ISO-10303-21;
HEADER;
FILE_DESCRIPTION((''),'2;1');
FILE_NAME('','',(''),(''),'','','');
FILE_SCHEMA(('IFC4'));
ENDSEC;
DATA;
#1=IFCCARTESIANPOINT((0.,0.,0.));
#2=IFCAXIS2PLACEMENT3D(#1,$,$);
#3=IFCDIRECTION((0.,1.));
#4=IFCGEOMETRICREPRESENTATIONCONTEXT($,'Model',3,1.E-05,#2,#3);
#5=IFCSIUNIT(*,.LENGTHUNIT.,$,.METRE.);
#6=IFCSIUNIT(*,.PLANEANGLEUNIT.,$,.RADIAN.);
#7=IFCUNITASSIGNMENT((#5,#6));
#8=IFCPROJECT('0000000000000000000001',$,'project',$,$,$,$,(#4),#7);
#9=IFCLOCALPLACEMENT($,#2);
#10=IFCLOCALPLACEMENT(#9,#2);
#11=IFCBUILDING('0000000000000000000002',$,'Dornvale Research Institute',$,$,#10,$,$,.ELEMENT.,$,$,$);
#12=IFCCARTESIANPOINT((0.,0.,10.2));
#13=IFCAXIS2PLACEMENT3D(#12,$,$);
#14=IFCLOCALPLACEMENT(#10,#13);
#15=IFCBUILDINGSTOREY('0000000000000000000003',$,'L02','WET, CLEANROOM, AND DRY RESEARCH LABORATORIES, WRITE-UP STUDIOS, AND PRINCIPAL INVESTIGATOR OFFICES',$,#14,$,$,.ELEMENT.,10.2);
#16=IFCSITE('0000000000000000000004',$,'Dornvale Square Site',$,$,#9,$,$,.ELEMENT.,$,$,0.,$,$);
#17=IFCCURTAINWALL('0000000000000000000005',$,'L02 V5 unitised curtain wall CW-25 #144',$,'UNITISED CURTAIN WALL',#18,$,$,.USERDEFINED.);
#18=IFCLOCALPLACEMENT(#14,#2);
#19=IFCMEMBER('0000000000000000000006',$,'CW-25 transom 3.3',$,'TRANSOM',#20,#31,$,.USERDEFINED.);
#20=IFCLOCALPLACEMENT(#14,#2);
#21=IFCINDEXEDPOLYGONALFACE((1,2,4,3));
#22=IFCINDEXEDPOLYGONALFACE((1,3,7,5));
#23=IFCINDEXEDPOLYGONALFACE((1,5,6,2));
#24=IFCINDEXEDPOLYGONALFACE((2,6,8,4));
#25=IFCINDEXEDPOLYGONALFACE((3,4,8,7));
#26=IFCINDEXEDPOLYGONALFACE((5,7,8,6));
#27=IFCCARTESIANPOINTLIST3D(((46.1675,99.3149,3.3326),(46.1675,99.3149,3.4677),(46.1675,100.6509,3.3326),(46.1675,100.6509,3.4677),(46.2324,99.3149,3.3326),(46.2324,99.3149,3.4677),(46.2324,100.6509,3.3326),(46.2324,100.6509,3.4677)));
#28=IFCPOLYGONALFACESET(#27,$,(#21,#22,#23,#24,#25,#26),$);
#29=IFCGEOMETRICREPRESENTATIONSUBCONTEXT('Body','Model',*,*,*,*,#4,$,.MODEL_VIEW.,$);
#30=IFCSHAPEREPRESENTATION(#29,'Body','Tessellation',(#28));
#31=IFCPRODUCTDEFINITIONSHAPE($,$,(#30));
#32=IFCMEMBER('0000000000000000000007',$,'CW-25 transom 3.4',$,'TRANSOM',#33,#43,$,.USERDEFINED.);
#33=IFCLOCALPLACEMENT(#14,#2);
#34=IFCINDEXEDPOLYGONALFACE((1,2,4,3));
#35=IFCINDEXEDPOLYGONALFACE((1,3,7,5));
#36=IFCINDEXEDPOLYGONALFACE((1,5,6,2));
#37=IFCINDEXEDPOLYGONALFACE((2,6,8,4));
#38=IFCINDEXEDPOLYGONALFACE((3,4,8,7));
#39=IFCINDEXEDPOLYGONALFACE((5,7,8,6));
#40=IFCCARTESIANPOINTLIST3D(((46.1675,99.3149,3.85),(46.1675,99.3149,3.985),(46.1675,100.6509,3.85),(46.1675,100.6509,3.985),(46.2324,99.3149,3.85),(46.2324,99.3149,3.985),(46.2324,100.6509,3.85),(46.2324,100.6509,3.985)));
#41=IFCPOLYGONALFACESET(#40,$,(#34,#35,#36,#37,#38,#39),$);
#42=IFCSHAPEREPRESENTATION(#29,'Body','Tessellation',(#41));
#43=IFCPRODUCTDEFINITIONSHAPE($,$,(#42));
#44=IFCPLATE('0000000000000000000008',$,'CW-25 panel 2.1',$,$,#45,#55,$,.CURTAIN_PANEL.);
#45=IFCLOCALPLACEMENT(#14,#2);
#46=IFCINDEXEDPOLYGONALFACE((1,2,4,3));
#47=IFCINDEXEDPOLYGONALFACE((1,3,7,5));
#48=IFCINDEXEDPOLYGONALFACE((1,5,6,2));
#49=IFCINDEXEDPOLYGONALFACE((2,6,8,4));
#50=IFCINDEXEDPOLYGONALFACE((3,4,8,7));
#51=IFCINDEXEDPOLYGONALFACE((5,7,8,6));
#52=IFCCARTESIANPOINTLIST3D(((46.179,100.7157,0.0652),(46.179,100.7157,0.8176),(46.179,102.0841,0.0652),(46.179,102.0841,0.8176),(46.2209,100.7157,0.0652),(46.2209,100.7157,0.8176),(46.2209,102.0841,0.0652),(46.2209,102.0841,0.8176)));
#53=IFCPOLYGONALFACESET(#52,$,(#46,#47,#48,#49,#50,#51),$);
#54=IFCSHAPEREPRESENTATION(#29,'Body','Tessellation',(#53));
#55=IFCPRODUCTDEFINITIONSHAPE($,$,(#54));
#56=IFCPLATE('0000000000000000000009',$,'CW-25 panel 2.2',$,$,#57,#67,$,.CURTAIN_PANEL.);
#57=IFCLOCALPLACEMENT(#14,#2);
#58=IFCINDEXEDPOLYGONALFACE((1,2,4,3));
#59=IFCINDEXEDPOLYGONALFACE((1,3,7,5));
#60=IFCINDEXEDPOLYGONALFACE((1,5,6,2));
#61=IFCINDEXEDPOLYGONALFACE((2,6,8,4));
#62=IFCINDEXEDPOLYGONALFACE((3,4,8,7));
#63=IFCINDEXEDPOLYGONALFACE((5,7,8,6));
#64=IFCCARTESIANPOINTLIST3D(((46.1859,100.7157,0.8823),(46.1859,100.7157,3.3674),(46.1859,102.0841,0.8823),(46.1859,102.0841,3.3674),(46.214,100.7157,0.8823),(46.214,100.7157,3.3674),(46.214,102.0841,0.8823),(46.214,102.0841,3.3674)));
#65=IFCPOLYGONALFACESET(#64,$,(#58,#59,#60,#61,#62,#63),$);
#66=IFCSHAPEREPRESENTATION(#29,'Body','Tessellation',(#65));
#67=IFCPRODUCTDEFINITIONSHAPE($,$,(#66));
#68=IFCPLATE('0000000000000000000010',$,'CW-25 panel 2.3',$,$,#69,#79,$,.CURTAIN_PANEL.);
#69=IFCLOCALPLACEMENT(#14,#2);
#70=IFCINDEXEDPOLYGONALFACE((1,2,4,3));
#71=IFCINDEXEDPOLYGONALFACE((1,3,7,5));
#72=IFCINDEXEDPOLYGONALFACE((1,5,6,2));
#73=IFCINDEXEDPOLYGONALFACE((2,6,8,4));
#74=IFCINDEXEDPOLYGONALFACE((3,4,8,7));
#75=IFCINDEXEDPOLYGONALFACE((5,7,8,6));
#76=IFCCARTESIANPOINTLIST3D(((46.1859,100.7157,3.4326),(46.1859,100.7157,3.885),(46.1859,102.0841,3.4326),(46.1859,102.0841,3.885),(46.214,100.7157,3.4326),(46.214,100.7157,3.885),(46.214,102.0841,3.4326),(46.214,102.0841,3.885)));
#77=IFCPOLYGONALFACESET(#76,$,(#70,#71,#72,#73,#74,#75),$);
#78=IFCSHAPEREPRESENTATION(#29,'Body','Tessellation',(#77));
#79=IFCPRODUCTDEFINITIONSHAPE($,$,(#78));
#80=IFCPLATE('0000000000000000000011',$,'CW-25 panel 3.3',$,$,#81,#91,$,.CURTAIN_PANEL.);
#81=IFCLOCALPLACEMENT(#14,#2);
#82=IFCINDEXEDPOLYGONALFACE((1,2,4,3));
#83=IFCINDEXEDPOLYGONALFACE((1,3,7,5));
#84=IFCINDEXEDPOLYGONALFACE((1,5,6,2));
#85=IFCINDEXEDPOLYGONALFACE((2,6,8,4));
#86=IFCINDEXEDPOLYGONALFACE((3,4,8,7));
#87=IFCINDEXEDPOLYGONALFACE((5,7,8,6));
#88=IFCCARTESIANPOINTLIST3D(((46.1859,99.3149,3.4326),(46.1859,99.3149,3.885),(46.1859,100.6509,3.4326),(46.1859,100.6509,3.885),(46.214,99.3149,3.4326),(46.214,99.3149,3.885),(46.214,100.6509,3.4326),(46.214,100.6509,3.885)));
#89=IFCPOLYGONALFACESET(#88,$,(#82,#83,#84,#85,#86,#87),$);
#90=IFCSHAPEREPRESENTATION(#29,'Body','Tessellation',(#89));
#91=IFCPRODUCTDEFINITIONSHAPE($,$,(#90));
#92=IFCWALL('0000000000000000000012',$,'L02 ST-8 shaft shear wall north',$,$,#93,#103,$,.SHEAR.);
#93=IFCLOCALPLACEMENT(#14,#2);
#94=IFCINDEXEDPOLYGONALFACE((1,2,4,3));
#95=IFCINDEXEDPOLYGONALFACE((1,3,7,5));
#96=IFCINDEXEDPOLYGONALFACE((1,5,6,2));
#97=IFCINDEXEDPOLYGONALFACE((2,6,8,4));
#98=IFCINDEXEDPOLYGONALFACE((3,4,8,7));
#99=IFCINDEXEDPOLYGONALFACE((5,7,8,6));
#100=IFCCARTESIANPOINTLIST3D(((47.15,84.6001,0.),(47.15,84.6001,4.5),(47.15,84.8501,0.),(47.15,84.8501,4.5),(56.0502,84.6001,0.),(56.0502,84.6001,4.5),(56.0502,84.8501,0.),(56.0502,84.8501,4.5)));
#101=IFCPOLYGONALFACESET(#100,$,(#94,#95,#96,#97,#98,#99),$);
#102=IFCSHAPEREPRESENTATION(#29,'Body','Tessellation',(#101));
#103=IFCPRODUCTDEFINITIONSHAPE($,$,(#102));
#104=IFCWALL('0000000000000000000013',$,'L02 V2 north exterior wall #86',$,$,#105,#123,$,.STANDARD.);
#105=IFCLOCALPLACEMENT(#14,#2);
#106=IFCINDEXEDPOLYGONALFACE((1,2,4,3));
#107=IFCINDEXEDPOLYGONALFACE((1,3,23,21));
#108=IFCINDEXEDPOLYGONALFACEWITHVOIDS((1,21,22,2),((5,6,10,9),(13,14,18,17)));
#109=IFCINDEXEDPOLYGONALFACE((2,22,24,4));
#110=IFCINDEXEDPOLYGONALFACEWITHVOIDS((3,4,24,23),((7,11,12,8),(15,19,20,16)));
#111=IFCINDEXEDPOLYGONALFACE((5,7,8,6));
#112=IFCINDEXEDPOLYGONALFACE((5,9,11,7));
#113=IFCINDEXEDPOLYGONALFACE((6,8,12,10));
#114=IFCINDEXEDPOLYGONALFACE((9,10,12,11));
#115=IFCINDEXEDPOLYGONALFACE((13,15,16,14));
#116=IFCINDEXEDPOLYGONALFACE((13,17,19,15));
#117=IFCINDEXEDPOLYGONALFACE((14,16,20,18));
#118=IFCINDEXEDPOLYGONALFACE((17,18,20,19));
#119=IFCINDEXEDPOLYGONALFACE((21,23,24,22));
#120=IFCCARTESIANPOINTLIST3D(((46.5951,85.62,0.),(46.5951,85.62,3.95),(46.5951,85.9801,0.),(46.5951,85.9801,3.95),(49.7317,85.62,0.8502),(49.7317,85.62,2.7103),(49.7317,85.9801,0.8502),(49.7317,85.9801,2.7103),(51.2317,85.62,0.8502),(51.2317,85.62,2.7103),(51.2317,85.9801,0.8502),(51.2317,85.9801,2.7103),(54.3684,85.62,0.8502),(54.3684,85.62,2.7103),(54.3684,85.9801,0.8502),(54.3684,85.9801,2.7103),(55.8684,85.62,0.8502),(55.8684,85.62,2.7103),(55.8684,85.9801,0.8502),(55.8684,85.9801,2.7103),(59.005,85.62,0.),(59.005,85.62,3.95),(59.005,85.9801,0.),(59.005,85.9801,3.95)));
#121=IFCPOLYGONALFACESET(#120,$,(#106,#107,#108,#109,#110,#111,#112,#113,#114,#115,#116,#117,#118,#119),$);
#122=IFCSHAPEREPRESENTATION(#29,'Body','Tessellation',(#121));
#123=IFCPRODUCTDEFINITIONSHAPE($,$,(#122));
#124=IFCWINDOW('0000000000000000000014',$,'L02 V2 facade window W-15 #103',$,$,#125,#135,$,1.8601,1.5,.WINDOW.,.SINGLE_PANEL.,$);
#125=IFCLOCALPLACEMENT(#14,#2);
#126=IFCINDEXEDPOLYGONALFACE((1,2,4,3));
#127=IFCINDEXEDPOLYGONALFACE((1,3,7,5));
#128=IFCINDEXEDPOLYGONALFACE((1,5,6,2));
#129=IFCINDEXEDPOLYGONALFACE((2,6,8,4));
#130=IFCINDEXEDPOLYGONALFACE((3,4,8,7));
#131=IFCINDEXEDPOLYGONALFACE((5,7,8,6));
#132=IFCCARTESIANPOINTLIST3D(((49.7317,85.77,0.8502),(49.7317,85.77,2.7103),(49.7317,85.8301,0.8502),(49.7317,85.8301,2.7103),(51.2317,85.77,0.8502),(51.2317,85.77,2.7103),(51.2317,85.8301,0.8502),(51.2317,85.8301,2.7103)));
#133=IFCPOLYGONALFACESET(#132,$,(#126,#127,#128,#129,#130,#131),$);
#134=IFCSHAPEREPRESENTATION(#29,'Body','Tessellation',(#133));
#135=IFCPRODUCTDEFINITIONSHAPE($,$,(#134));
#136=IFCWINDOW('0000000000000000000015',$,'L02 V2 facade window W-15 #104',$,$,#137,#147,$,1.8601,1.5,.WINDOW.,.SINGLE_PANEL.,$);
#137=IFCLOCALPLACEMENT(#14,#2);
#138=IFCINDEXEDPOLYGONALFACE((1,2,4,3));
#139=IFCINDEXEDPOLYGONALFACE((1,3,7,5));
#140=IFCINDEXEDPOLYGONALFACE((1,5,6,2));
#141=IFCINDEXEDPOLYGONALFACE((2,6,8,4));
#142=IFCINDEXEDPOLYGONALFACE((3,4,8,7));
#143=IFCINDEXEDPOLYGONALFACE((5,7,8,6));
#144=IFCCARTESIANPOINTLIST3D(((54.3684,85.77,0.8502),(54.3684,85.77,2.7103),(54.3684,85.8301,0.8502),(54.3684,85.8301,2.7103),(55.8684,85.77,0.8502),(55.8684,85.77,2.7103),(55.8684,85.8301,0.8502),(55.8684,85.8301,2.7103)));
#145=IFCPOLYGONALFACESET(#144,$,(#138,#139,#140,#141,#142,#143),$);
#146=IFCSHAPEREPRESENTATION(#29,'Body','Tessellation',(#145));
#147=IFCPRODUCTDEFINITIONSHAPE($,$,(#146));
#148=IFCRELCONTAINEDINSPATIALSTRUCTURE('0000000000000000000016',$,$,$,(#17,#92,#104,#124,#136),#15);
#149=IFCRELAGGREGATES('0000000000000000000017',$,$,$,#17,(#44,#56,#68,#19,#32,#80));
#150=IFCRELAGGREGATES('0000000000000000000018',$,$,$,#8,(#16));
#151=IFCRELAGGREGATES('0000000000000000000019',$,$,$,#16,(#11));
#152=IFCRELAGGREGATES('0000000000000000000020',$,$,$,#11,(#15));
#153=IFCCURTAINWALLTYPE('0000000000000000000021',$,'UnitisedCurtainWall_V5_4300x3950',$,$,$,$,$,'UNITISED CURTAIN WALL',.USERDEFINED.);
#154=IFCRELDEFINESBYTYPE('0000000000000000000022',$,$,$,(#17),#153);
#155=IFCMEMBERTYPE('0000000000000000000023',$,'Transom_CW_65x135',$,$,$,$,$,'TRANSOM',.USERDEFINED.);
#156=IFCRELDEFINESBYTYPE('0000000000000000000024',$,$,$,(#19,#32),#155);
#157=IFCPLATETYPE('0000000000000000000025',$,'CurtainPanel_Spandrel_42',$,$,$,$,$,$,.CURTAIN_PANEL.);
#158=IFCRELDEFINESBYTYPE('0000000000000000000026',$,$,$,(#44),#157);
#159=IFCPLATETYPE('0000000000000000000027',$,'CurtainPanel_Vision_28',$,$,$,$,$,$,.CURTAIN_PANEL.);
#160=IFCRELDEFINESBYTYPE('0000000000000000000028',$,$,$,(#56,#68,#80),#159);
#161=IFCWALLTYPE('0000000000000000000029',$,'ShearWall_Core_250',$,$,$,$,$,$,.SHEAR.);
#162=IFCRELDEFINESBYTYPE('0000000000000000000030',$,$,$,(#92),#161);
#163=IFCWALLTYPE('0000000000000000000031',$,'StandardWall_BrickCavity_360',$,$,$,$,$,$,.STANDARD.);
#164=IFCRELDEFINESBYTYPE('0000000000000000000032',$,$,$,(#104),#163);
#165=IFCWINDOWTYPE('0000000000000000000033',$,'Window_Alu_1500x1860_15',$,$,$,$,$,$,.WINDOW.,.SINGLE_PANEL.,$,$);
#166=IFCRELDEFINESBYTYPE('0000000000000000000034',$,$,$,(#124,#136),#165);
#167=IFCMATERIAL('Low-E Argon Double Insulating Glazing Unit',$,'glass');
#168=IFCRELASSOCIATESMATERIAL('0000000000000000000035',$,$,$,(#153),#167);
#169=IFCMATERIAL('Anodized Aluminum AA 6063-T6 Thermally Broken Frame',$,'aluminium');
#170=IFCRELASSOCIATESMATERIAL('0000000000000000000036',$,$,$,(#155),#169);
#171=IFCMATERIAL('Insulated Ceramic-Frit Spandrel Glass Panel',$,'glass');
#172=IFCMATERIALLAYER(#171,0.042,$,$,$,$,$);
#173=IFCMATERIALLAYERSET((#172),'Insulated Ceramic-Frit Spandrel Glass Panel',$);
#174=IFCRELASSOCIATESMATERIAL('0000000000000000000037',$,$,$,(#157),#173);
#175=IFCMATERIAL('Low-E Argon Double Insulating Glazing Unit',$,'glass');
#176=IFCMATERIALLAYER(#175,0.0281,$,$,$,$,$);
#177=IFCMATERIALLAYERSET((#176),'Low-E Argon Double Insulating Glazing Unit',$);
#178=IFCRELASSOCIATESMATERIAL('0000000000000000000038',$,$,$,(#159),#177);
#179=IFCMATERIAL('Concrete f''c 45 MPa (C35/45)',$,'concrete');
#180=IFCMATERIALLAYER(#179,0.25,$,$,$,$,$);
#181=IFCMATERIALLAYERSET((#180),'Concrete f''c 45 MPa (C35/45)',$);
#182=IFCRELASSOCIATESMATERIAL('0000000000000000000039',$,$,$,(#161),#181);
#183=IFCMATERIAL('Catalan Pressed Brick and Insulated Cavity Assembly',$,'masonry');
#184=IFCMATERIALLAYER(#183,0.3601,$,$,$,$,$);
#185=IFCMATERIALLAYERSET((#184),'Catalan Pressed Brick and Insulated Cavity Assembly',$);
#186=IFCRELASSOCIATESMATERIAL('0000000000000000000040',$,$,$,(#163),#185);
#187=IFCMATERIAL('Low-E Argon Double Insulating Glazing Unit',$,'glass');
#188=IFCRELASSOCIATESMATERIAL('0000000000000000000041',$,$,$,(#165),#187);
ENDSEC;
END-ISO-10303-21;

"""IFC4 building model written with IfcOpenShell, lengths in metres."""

from ifc_helpers import new_model, si_unit, direction, frame, frame_2d, origin, origin_2d, place, context, subcontext, project, spatial, rectangle, extrude, material, layer, layer_set, material_profile, profile_set, type_object, element, fill, aggregate, save


model = new_model("IFC4")

# Units and contexts
model_context = context("Model", 3, precision=1e-05, world=origin(), true_north=direction((0.0, 1.0)))
body_context = subcontext(model_context, "Body", "Model", "MODEL_VIEW")
ifc_project = project(units=[si_unit("LENGTHUNIT", "METRE"), si_unit("PLANEANGLEUNIT", "RADIAN")], contexts=[model_context])

# Site, building, storey
site_placement = place(None, origin())
site = spatial("IfcSite", under=ifc_project, at=site_placement, Name="Dornvale Square Site", CompositionType="ELEMENT", RefElevation=0.0)
building_placement = place(site_placement, origin())
building = spatial("IfcBuilding", under=site, at=building_placement, Name="Dornvale Research Institute", CompositionType="ELEMENT")
storey_placement = place(building_placement, frame((0.0, 0.0, 10.2)))
storey = spatial("IfcBuildingStorey", under=building, at=storey_placement, Name="L02", Description="WET, CLEANROOM, AND DRY RESEARCH LABORATORIES, WRITE-UP STUDIOS, AND PRINCIPAL INVESTIGATOR OFFICES", CompositionType="ELEMENT", Elevation=10.2)

# Curtain wall
ifc_material_1 = material(Name="Low-E Argon Double Insulating Glazing Unit", Category="glass")
curtain_wall_type = type_object("IfcCurtainWallType", Name="UnitisedCurtainWall_V5_4300x3950", ElementType="UNITISED CURTAIN WALL", PredefinedType="USERDEFINED", material=ifc_material_1)
curtain_wall_placement = place(storey_placement, origin())
curtain_wall = element("IfcCurtainWall", 1, at=curtain_wall_placement, inside=storey, type_object=curtain_wall_type, Name="L02 V5 unitised curtain wall CW-25 #144", ObjectType="UNITISED CURTAIN WALL", PredefinedType="USERDEFINED")

# Members
ifc_material_2 = material(Name="Anodized Aluminum AA 6063-T6 Thermally Broken Frame", Category="aluminium")
ifc_material_profile_1 = material_profile(ifc_material_2, rectangle(XDim=0.0649, YDim=0.135, at=origin_2d()), Name="ALU TRANSOM 65x135")
ifc_profile_set_1 = profile_set([ifc_material_profile_1], Name="Anodized Aluminum AA 6063-T6 Thermally Broken Frame")
member_type_1 = type_object("IfcMemberType", Name="Transom_CW_65x135", ElementType="TRANSOM", PredefinedType="USERDEFINED", material=ifc_profile_set_1)
member_1_placement = place(storey_placement, frame((46.2, 100.6509, 3.4001), z_axis=(0.0, -1.0, 0.0), x_axis=(1.0, 0.0, 0.0)))
member_1 = element("IfcMember", 2, at=member_1_placement, type_object=member_type_1, Name="CW-25 transom 3.3", ObjectType="TRANSOM", PredefinedType="USERDEFINED", context=body_context, shape_type="SweptSolid", body=[
    extrude(rectangle(XDim=0.0649, YDim=0.135, at=origin_2d()), origin(), (0.0, 0.0, 1.0), 1.3359),
])
member_2_placement = place(storey_placement, frame((46.2, 100.6509, 3.9175), z_axis=(0.0, -1.0, 0.0), x_axis=(1.0, 0.0, 0.0)))
member_2 = element("IfcMember", 3, at=member_2_placement, type_object=member_type_1, Name="CW-25 transom 3.4", ObjectType="TRANSOM", PredefinedType="USERDEFINED", context=body_context, shape_type="SweptSolid", body=[
    extrude(rectangle(XDim=0.0649, YDim=0.135, at=origin_2d()), origin(), (0.0, 0.0, 1.0), 1.3359),
])

# Plates
ifc_material_3 = material(Name="Insulated Ceramic-Frit Spandrel Glass Panel", Category="glass")
ifc_layer_1 = layer(ifc_material_3, 0.042)
ifc_layer_set_1 = layer_set([ifc_layer_1], Name="Insulated Ceramic-Frit Spandrel Glass Panel")
plate_type_1 = type_object("IfcPlateType", Name="CurtainPanel_Spandrel_42", PredefinedType="CURTAIN_PANEL", material=ifc_layer_set_1)
plate_1_placement = place(storey_placement, frame((46.2, 101.3999, 0.0652), z_axis=(0.0, 0.0, 1.0), x_axis=(0.0, -1.0, 0.0)))
plate_1 = element("IfcPlate", 4, at=plate_1_placement, type_object=plate_type_1, Name="CW-25 panel 2.1", PredefinedType="CURTAIN_PANEL", context=body_context, shape_type="SweptSolid", body=[
    extrude(rectangle(XDim=1.3684, YDim=0.042, at=origin_2d()), origin(), (0.0, 0.0, 1.0), 0.7524),
])
ifc_material_4 = material(Name="Low-E Argon Double Insulating Glazing Unit", Category="glass")
ifc_layer_2 = layer(ifc_material_4, 0.0281)
ifc_layer_set_2 = layer_set([ifc_layer_2], Name="Low-E Argon Double Insulating Glazing Unit")
plate_type_2 = type_object("IfcPlateType", Name="CurtainPanel_Vision_28", PredefinedType="CURTAIN_PANEL", material=ifc_layer_set_2)
plate_2_placement = place(storey_placement, frame((46.2, 101.3999, 0.8823), z_axis=(0.0, 0.0, 1.0), x_axis=(0.0, -1.0, 0.0)))
plate_2 = element("IfcPlate", 5, at=plate_2_placement, type_object=plate_type_2, Name="CW-25 panel 2.2", PredefinedType="CURTAIN_PANEL", context=body_context, shape_type="SweptSolid", body=[
    extrude(rectangle(XDim=1.3684, YDim=0.0281, at=origin_2d()), origin(), (0.0, 0.0, 1.0), 2.4851),
])
plate_3_placement = place(storey_placement, frame((46.2, 101.3999, 3.4326), z_axis=(0.0, 0.0, 1.0), x_axis=(0.0, -1.0, 0.0)))
plate_3 = element("IfcPlate", 6, at=plate_3_placement, type_object=plate_type_2, Name="CW-25 panel 2.3", PredefinedType="CURTAIN_PANEL", context=body_context, shape_type="SweptSolid", body=[
    extrude(rectangle(XDim=1.3684, YDim=0.0281, at=origin_2d()), origin(), (0.0, 0.0, 1.0), 0.4524),
])
plate_4_placement = place(storey_placement, frame((46.2, 99.9829, 3.4326), z_axis=(0.0, 0.0, 1.0), x_axis=(0.0, -1.0, 0.0)))
plate_4 = element("IfcPlate", 7, at=plate_4_placement, type_object=plate_type_2, Name="CW-25 panel 3.3", PredefinedType="CURTAIN_PANEL", context=body_context, shape_type="SweptSolid", body=[
    extrude(rectangle(XDim=1.3359, YDim=0.0281, at=origin_2d()), origin(), (0.0, 0.0, 1.0), 0.4524),
])
aggregate(curtain_wall, [plate_1, plate_2, plate_3, member_1, member_2, plate_4])

# Wall
ifc_material_5 = material(Name="Concrete f'c 45 MPa (C35/45)", Category="concrete")
ifc_layer_3 = layer(ifc_material_5, 0.25)
ifc_layer_set_3 = layer_set([ifc_layer_3], Name="Concrete f'c 45 MPa (C35/45)")
wall_type_1 = type_object("IfcWallType", Name="ShearWall_Core_250", PredefinedType="SHEAR", material=ifc_layer_set_3)
wall_1_placement = place(storey_placement, frame((47.1499, 84.7251, 0.0), z_axis=(0.0, 0.0, 1.0), x_axis=(1.0, 0.0, 0.0)))
element("IfcWall", 8, at=wall_1_placement, inside=storey, type_object=wall_type_1, Name="L02 ST-8 shaft shear wall north", PredefinedType="SHEAR", context=body_context, shape_type="SweptSolid", body=[
    extrude(rectangle(XDim=8.9001, YDim=0.25, at=frame_2d((4.4502, 0.0))), origin(), (0.0, 0.0, 1.0), 4.5),
])

# Wall, openings, windows
ifc_material_6 = material(Name="Catalan Pressed Brick and Insulated Cavity Assembly", Category="masonry")
ifc_layer_4 = layer(ifc_material_6, 0.3601)
ifc_layer_set_4 = layer_set([ifc_layer_4], Name="Catalan Pressed Brick and Insulated Cavity Assembly")
wall_type_2 = type_object("IfcWallType", Name="StandardWall_BrickCavity_360", PredefinedType="STANDARD", material=ifc_layer_set_4)
wall_2_placement = place(storey_placement, frame((46.595, 85.8, 0.0), z_axis=(0.0, 0.0, 1.0), x_axis=(1.0, 0.0, 0.0)))
wall_2 = element("IfcWall", 9, at=wall_2_placement, inside=storey, type_object=wall_type_2, Name="L02 V2 north exterior wall #86", PredefinedType="STANDARD", context=body_context, shape_type="SweptSolid", body=[
    extrude(rectangle(XDim=12.4099, YDim=0.3601, at=frame_2d((6.2051, 0.0))), origin(), (0.0, 0.0, 1.0), 3.95),
])
opening_1_placement = place(wall_2_placement, frame((3.1367, 0.0, 0.8501)))
opening_1 = element("IfcOpeningElement", 10, at=opening_1_placement, cuts=wall_2, PredefinedType="OPENING", context=body_context, shape_type="SweptSolid", body=[
    extrude(rectangle(XDim=1.5, YDim=1.8601, at=frame_2d((0.75, 0.9302))), frame((0.0, 0.1951, 0.0), z_axis=(0.0, -1.0, 0.0), x_axis=(1.0, 0.0, 0.0)), (0.0, 0.0, 1.0), 0.3901),
])
opening_2_placement = place(wall_2_placement, frame((7.7734, 0.0, 0.8501)))
opening_2 = element("IfcOpeningElement", 11, at=opening_2_placement, cuts=wall_2, PredefinedType="OPENING", context=body_context, shape_type="SweptSolid", body=[
    extrude(rectangle(XDim=1.5, YDim=1.8601, at=frame_2d((0.75, 0.9302))), frame((0.0, 0.1951, 0.0), z_axis=(0.0, -1.0, 0.0), x_axis=(1.0, 0.0, 0.0)), (0.0, 0.0, 1.0), 0.3901),
])
ifc_material_7 = material(Name="Low-E Argon Double Insulating Glazing Unit", Category="glass")
window_type_1 = type_object("IfcWindowType", Name="Window_Alu_1500x1860_15", PartitioningType="SINGLE_PANEL", PredefinedType="WINDOW", material=ifc_material_7)
window_1_placement = place(opening_1_placement, origin())
window_1 = element("IfcWindow", 12, at=window_1_placement, inside=storey, type_object=window_type_1, Name="L02 V2 facade window W-15 #103", OverallHeight=1.8601, OverallWidth=1.5, PartitioningType="SINGLE_PANEL", PredefinedType="WINDOW", context=body_context, shape_type="SweptSolid", body=[
    extrude(rectangle(XDim=1.5, YDim=1.8601, at=frame_2d((0.75, 0.9302))), frame((0.0, 0.03, 0.0), z_axis=(0.0, -1.0, 0.0), x_axis=(1.0, 0.0, 0.0)), (0.0, 0.0, 1.0), 0.0601),
])
fill(opening_1, window_1)
window_2_placement = place(opening_2_placement, origin())
window_2 = element("IfcWindow", 13, at=window_2_placement, inside=storey, type_object=window_type_1, Name="L02 V2 facade window W-15 #104", OverallHeight=1.8601, OverallWidth=1.5, PartitioningType="SINGLE_PANEL", PredefinedType="WINDOW", context=body_context, shape_type="SweptSolid", body=[
    extrude(rectangle(XDim=1.5, YDim=1.8601, at=frame_2d((0.75, 0.9302))), frame((0.0, 0.03, 0.0), z_axis=(0.0, -1.0, 0.0), x_axis=(1.0, 0.0, 0.0)), (0.0, 0.0, 1.0), 0.0601),
])
fill(opening_2, window_2)

save(model, "model.ifc")
